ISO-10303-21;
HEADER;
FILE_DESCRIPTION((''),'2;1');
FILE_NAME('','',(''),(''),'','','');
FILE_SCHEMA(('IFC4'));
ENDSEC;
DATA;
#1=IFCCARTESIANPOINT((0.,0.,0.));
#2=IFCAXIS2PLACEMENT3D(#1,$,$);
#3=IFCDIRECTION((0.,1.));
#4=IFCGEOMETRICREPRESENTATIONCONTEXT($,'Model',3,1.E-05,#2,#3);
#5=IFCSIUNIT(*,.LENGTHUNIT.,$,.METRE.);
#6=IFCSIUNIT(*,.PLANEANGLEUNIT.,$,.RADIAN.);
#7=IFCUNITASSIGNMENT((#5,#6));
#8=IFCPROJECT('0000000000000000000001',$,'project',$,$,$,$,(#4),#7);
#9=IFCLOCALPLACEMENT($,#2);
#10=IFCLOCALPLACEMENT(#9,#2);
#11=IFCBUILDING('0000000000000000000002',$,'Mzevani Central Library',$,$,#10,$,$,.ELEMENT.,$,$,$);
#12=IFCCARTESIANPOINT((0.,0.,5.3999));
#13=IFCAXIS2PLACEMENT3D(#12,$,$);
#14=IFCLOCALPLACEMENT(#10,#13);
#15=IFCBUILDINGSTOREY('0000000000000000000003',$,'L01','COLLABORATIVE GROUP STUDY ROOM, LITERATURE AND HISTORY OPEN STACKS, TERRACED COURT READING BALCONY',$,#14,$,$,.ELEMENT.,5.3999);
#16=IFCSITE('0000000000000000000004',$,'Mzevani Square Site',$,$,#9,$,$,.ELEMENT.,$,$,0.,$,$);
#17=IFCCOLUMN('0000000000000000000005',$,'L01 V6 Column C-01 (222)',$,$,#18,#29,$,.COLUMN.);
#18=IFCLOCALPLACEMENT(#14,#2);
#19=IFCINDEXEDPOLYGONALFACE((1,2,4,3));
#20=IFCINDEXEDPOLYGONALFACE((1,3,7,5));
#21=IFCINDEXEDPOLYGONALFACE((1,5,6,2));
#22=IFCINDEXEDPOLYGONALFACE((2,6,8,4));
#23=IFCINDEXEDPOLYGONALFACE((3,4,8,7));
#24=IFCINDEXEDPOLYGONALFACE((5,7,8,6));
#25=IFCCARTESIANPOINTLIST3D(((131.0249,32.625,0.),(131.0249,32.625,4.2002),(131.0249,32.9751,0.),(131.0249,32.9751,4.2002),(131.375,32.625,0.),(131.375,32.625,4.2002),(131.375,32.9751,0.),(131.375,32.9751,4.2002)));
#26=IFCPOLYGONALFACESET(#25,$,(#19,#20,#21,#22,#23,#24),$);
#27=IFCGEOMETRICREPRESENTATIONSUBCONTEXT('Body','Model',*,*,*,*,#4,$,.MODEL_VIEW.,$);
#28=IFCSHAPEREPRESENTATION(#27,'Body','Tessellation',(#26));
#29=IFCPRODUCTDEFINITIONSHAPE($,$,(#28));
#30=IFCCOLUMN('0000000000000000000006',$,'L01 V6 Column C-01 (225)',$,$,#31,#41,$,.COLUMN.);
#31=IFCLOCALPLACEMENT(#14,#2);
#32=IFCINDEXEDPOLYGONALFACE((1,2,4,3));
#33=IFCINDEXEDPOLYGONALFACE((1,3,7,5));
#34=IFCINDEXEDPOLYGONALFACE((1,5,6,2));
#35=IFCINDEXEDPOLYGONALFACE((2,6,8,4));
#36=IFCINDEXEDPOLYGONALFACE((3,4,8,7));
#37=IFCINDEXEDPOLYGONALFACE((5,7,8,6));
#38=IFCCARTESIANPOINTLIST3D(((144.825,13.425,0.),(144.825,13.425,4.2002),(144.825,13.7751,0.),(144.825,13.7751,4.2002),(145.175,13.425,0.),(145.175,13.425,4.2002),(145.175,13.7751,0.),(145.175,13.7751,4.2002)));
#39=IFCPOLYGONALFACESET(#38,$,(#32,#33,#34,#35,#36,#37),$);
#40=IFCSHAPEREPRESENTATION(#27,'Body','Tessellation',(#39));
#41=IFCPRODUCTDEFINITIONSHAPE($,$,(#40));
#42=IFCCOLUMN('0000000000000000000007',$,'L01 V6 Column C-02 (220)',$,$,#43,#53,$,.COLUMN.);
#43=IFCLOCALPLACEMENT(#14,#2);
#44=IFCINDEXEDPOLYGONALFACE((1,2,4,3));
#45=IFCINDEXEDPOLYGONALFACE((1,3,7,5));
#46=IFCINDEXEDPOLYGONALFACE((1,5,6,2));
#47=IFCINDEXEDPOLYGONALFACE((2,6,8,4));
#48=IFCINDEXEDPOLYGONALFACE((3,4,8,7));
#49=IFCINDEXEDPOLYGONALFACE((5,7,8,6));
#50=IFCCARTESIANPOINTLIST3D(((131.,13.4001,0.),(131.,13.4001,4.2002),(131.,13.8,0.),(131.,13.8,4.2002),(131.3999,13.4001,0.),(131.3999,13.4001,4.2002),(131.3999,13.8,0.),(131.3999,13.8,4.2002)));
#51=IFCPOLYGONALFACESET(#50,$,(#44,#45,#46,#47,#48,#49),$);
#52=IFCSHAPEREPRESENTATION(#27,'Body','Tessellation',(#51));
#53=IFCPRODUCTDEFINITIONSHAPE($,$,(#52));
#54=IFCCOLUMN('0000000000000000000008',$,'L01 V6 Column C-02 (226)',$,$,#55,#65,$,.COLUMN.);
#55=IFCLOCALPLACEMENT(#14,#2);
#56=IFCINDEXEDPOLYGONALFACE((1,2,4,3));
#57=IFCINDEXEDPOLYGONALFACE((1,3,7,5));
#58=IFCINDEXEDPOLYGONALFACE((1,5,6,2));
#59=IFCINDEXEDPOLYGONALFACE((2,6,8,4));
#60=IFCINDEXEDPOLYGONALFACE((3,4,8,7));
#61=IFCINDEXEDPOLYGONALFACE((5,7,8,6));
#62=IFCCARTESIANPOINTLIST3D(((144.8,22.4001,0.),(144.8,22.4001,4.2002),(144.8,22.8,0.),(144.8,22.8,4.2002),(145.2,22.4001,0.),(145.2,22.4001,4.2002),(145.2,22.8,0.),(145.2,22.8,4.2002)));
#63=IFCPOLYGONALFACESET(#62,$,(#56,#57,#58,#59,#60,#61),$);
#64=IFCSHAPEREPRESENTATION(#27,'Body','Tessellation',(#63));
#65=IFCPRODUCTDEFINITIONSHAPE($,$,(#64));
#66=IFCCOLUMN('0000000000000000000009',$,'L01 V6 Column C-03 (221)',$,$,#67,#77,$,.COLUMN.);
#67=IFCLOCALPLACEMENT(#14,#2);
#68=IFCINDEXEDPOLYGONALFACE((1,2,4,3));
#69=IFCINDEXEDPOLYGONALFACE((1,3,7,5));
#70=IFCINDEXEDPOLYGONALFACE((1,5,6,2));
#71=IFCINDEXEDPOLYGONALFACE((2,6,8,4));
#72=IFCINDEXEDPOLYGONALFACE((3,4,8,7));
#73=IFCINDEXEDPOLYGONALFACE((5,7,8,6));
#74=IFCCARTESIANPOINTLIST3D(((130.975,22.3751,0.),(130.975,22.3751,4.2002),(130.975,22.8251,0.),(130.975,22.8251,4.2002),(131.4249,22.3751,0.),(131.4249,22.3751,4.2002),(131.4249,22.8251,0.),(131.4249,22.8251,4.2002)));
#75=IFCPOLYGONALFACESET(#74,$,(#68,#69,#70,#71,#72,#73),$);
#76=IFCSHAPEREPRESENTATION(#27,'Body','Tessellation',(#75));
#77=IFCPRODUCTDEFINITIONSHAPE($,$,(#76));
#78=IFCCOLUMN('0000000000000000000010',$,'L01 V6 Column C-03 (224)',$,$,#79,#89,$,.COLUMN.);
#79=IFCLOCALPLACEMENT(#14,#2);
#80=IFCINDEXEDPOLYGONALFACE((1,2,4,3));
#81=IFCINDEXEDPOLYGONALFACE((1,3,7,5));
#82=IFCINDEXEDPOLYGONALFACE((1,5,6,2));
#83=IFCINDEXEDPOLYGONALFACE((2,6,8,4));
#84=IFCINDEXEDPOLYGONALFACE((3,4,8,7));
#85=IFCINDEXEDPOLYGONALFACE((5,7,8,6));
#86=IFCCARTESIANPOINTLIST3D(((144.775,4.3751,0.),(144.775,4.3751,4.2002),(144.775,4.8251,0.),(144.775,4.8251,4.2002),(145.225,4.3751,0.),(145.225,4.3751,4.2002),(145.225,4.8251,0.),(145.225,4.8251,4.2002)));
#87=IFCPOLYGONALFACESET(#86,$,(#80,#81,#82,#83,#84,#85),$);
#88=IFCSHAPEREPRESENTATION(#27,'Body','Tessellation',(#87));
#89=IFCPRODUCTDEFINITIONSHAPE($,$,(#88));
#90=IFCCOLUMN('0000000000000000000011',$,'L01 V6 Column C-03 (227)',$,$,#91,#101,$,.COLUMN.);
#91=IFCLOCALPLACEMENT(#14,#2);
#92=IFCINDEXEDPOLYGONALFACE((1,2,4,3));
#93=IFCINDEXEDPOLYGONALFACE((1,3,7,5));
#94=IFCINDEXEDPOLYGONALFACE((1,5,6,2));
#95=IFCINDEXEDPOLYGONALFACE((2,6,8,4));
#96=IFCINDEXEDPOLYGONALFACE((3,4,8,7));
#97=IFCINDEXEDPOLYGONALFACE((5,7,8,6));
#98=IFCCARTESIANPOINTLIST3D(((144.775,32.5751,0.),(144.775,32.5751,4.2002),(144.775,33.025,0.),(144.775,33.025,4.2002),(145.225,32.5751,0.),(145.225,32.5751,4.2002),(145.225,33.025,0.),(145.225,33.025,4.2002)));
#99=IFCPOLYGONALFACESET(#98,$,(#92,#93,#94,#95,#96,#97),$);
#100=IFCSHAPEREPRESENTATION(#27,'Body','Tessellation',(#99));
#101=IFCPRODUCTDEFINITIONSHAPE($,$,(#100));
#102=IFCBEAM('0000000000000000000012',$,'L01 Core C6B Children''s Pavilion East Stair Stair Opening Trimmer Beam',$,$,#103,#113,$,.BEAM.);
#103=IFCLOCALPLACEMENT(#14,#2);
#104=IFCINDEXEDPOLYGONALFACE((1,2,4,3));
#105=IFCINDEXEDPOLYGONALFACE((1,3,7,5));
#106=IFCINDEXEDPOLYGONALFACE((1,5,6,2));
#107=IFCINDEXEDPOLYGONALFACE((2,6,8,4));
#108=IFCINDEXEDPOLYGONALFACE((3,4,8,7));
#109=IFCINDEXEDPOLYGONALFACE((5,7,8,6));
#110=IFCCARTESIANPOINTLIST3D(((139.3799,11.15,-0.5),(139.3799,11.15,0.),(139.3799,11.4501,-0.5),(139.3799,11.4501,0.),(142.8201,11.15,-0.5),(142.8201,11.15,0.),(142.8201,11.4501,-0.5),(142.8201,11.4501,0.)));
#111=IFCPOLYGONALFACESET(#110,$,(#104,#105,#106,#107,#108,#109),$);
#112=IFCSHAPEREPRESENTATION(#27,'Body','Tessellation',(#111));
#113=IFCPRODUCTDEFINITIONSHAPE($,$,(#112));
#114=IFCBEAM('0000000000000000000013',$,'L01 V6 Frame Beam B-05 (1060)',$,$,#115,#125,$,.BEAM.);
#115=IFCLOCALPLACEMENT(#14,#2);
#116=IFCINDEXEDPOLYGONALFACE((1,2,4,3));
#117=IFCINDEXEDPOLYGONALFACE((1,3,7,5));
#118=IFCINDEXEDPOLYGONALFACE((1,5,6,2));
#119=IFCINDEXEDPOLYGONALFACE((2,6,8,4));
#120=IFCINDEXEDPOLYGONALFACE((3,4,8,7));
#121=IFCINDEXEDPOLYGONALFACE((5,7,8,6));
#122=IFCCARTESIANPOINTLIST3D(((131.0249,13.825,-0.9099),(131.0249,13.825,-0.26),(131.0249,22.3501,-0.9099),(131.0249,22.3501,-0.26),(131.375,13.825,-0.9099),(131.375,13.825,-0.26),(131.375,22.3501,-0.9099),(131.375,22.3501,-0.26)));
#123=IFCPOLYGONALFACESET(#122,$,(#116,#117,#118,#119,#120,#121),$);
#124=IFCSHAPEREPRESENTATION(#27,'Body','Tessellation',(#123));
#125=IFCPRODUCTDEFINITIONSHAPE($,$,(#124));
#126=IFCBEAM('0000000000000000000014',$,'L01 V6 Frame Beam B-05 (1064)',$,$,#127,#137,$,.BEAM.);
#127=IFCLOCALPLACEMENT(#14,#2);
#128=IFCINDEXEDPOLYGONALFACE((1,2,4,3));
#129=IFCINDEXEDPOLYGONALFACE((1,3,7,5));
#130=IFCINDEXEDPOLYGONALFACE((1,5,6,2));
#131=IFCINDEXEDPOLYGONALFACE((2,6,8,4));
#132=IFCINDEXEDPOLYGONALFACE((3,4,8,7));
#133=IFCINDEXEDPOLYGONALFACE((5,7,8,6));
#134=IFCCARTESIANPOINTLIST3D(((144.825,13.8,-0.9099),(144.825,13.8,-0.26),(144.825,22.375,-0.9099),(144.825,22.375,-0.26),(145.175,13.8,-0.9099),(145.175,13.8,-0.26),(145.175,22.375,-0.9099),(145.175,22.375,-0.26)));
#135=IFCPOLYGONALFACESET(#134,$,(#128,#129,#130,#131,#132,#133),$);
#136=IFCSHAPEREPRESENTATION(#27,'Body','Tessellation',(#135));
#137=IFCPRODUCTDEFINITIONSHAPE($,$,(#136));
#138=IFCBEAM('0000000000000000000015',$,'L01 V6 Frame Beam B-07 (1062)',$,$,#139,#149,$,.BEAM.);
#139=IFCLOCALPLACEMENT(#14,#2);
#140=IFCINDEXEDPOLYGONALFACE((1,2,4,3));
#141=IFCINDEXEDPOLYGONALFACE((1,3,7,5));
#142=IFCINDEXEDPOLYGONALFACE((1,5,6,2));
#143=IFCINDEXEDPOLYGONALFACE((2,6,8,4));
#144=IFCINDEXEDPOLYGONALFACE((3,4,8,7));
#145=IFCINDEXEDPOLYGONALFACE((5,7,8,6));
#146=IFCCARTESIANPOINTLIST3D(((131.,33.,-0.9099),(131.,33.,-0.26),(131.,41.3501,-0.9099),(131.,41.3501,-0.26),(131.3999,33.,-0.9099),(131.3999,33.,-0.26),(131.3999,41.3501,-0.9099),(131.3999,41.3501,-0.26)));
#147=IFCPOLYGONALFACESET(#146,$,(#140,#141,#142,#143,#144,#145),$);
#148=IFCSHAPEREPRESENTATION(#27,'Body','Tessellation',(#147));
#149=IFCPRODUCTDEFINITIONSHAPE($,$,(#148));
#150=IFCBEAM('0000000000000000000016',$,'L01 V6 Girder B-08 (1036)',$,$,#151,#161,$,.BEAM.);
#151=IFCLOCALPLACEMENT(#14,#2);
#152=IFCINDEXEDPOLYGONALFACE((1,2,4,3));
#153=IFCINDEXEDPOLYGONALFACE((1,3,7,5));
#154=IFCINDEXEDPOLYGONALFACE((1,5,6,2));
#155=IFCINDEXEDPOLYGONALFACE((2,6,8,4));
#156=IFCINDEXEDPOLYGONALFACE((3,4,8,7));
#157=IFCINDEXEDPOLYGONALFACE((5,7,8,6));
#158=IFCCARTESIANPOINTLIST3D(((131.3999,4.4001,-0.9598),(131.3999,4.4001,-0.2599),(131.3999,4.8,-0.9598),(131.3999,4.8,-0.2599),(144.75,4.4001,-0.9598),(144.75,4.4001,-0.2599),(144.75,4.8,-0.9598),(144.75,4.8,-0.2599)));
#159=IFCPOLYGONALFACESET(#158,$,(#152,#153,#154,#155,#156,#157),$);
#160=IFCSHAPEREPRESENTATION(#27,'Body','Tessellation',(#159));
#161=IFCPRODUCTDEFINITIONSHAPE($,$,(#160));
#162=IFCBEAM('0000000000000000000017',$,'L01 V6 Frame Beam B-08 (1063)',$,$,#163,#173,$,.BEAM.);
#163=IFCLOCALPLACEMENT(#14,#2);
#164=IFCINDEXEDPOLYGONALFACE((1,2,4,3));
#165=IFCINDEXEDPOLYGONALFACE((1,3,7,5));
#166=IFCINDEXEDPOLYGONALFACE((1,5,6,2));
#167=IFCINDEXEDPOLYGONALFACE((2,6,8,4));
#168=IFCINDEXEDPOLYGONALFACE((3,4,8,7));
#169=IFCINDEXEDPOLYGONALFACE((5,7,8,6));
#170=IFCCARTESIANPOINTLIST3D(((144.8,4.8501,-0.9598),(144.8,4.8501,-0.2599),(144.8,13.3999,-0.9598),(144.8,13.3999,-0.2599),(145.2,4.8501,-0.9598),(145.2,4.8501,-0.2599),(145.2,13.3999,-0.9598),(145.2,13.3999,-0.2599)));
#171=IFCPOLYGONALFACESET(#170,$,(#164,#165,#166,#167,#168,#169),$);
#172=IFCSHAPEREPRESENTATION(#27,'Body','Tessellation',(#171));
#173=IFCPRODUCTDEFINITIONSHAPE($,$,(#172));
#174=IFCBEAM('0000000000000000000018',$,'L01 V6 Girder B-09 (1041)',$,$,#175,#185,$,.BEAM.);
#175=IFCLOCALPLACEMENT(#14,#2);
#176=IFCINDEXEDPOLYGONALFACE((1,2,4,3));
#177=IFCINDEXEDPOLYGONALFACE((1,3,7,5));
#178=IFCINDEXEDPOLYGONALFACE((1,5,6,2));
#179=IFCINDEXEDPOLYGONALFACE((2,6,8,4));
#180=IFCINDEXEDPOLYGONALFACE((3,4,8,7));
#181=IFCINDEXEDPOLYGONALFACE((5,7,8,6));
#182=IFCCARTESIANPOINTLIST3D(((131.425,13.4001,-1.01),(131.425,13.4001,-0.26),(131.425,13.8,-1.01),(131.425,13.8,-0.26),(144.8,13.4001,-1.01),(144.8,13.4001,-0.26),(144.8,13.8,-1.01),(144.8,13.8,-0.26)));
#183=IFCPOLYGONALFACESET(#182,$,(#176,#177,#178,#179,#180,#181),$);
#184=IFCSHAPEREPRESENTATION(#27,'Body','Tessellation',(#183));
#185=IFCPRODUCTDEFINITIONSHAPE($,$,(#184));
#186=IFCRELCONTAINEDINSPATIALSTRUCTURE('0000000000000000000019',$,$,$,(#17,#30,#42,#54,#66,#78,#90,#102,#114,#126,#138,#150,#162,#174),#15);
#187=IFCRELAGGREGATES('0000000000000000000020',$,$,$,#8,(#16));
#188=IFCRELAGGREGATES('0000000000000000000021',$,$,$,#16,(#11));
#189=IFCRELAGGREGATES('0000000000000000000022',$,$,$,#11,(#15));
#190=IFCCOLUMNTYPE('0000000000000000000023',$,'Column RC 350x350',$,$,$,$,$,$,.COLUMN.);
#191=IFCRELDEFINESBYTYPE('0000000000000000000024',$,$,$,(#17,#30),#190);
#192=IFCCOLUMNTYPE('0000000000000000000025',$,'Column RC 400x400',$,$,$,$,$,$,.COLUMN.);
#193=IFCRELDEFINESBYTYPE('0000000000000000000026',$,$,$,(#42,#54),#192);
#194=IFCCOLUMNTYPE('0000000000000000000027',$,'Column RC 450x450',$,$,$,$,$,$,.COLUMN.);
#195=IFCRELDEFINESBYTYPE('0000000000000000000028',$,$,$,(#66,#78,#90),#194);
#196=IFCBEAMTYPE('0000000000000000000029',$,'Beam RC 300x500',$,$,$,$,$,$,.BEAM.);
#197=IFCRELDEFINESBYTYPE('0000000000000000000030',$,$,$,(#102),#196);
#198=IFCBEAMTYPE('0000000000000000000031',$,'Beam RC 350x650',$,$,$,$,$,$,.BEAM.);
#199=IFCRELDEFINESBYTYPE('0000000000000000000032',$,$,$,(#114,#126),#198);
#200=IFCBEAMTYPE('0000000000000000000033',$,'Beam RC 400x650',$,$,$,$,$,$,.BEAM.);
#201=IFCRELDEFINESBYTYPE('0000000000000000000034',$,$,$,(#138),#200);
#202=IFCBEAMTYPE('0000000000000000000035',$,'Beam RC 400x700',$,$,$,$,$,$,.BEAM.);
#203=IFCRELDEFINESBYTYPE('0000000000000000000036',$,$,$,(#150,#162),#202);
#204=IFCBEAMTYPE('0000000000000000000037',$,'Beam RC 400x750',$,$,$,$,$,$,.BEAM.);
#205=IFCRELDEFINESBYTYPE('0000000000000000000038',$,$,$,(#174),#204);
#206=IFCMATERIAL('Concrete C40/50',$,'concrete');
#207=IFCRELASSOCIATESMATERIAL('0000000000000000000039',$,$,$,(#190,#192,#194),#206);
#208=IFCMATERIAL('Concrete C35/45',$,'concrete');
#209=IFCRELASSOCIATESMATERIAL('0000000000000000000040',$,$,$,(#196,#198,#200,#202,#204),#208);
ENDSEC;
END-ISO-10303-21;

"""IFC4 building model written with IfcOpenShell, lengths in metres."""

from ifc_helpers import new_model, si_unit, direction, frame, origin, origin_2d, place, context, subcontext, project, spatial, rectangle, extrude, material, material_profile, profile_set, type_object, element, save


model = new_model("IFC4")

# Units and contexts
model_context = context("Model", 3, precision=1e-05, world=origin(), true_north=direction((0.0, 1.0)))
body_context = subcontext(model_context, "Body", "Model", "MODEL_VIEW")
ifc_project = project(units=[si_unit("LENGTHUNIT", "METRE"), si_unit("PLANEANGLEUNIT", "RADIAN")], contexts=[model_context])

# Site, building, storey
site_placement = place(None, origin())
site = spatial("IfcSite", under=ifc_project, at=site_placement, Name="Mzevani Square Site", CompositionType="ELEMENT", RefElevation=0.0)
building_placement = place(site_placement, origin())
building = spatial("IfcBuilding", under=site, at=building_placement, Name="Mzevani Central Library", CompositionType="ELEMENT")
storey_placement = place(building_placement, frame((0.0, 0.0, 5.3999)))
storey = spatial("IfcBuildingStorey", under=building, at=storey_placement, Name="L01", Description="COLLABORATIVE GROUP STUDY ROOM, LITERATURE AND HISTORY OPEN STACKS, TERRACED COURT READING BALCONY", CompositionType="ELEMENT", Elevation=5.3999)

# Columns
ifc_material_1 = material(Name="Concrete C40/50", Category="concrete")
ifc_material_profile_1 = material_profile(ifc_material_1, rectangle(XDim=0.3501, YDim=0.3501, at=origin_2d()), Name="RC 350x350")
ifc_profile_set_1 = profile_set([ifc_material_profile_1], Name="Concrete C40/50")
column_type_1 = type_object("IfcColumnType", Name="Column RC 350x350", PredefinedType="COLUMN", material=ifc_profile_set_1)
for number, where, z_axis, x_axis, name in (
    (1, (131.2, 32.8, 0.0), (0.0, 0.0, 1.0), (1.0, 0.0, 0.0), "L01 V6 Column C-01 (222)"),
    (2, (145.0, 13.6001, 0.0), (0.0, 0.0, 1.0), (1.0, 0.0, 0.0), "L01 V6 Column C-01 (225)"),
):
    element("IfcColumn", number, at=place(storey_placement, frame(where, z_axis=z_axis, x_axis=x_axis)), inside=storey, type_object=column_type_1, Name=name, PredefinedType="COLUMN", context=body_context, shape_type="SweptSolid", body=[
        extrude(rectangle(XDim=0.3501, YDim=0.3501, at=origin_2d()), origin(), (0.0, 0.0, 1.0), 4.2002),
    ])
ifc_material_profile_2 = material_profile(ifc_material_1, rectangle(XDim=0.3999, YDim=0.3999, at=origin_2d()), Name="RC 400x400")
ifc_profile_set_2 = profile_set([ifc_material_profile_2], Name="Concrete C40/50")
column_type_2 = type_object("IfcColumnType", Name="Column RC 400x400", PredefinedType="COLUMN", material=ifc_profile_set_2)
for number, where, z_axis, x_axis, name in (
    (3, (131.2, 13.6001, 0.0), (0.0, 0.0, 1.0), (1.0, 0.0, 0.0), "L01 V6 Column C-02 (220)"),
    (4, (145.0, 22.6001, 0.0), (0.0, 0.0, 1.0), (1.0, 0.0, 0.0), "L01 V6 Column C-02 (226)"),
):
    element("IfcColumn", number, at=place(storey_placement, frame(where, z_axis=z_axis, x_axis=x_axis)), inside=storey, type_object=column_type_2, Name=name, PredefinedType="COLUMN", context=body_context, shape_type="SweptSolid", body=[
        extrude(rectangle(XDim=0.3999, YDim=0.3999, at=origin_2d()), origin(), (0.0, 0.0, 1.0), 4.2002),
    ])
ifc_material_profile_3 = material_profile(ifc_material_1, rectangle(XDim=0.45, YDim=0.45, at=origin_2d()), Name="RC 450x450")
ifc_profile_set_3 = profile_set([ifc_material_profile_3], Name="Concrete C40/50")
column_type_3 = type_object("IfcColumnType", Name="Column RC 450x450", PredefinedType="COLUMN", material=ifc_profile_set_3)
for number, where, z_axis, x_axis, name in (
    (5, (131.2, 22.6001, 0.0), (0.0, 0.0, 1.0), (1.0, 0.0, 0.0), "L01 V6 Column C-03 (221)"),
    (6, (145.0, 4.6001, 0.0), (0.0, 0.0, 1.0), (1.0, 0.0, 0.0), "L01 V6 Column C-03 (224)"),
    (7, (145.0, 32.8, 0.0), (0.0, 0.0, 1.0), (1.0, 0.0, 0.0), "L01 V6 Column C-03 (227)"),
):
    element("IfcColumn", number, at=place(storey_placement, frame(where, z_axis=z_axis, x_axis=x_axis)), inside=storey, type_object=column_type_3, Name=name, PredefinedType="COLUMN", context=body_context, shape_type="SweptSolid", body=[
        extrude(rectangle(XDim=0.45, YDim=0.45, at=origin_2d()), origin(), (0.0, 0.0, 1.0), 4.2002),
    ])

# Beams
ifc_material_2 = material(Name="Concrete C35/45", Category="concrete")
ifc_material_profile_4 = material_profile(ifc_material_2, rectangle(XDim=0.3, YDim=0.5, at=origin_2d()), Name="RC B300x500")
ifc_profile_set_4 = profile_set([ifc_material_profile_4], Name="Concrete C35/45")
beam_type_1 = type_object("IfcBeamType", Name="Beam RC 300x500", PredefinedType="BEAM", material=ifc_profile_set_4)
beam_1_placement = place(storey_placement, frame((139.3799, 11.3, -0.25), z_axis=(1.0, 0.0, 0.0), x_axis=(0.0, 1.0, 0.0)))
element("IfcBeam", 8, at=beam_1_placement, inside=storey, type_object=beam_type_1, Name="L01 Core C6B Children's Pavilion East Stair Stair Opening Trimmer Beam", PredefinedType="BEAM", context=body_context, shape_type="SweptSolid", body=[
    extrude(rectangle(XDim=0.3, YDim=0.5, at=origin_2d()), origin(), (0.0, 0.0, 1.0), 3.4402),
])
ifc_material_profile_5 = material_profile(ifc_material_2, rectangle(XDim=0.3501, YDim=0.6499, at=origin_2d()), Name="RC B350x650")
ifc_profile_set_5 = profile_set([ifc_material_profile_5], Name="Concrete C35/45")
beam_type_2 = type_object("IfcBeamType", Name="Beam RC 350x650", PredefinedType="BEAM", material=ifc_profile_set_5)
beam_2_placement = place(storey_placement, frame((131.2, 13.825, -0.585), z_axis=(0.0, 1.0, 0.0), x_axis=(-1.0, 0.0, 0.0)))
element("IfcBeam", 9, at=beam_2_placement, inside=storey, type_object=beam_type_2, Name="L01 V6 Frame Beam B-05 (1060)", PredefinedType="BEAM", context=body_context, shape_type="SweptSolid", body=[
    extrude(rectangle(XDim=0.3501, YDim=0.6499, at=origin_2d()), origin(), (0.0, 0.0, 1.0), 8.5251),
])
beam_3_placement = place(storey_placement, frame((145.0, 13.8, -0.585), z_axis=(0.0, 1.0, 0.0), x_axis=(-1.0, 0.0, 0.0)))
element("IfcBeam", 10, at=beam_3_placement, inside=storey, type_object=beam_type_2, Name="L01 V6 Frame Beam B-05 (1064)", PredefinedType="BEAM", context=body_context, shape_type="SweptSolid", body=[
    extrude(rectangle(XDim=0.3501, YDim=0.6499, at=origin_2d()), origin(), (0.0, 0.0, 1.0), 8.575),
])
ifc_material_profile_6 = material_profile(ifc_material_2, rectangle(XDim=0.3999, YDim=0.6499, at=origin_2d()), Name="RC B400x650")
ifc_profile_set_6 = profile_set([ifc_material_profile_6], Name="Concrete C35/45")
beam_type_3 = type_object("IfcBeamType", Name="Beam RC 400x650", PredefinedType="BEAM", material=ifc_profile_set_6)
beam_4_placement = place(storey_placement, frame((131.2, 33.0, -0.585), z_axis=(0.0, 1.0, 0.0), x_axis=(-1.0, 0.0, 0.0)))
element("IfcBeam", 11, at=beam_4_placement, inside=storey, type_object=beam_type_3, Name="L01 V6 Frame Beam B-07 (1062)", PredefinedType="BEAM", context=body_context, shape_type="SweptSolid", body=[
    extrude(rectangle(XDim=0.3999, YDim=0.6499, at=origin_2d()), origin(), (0.0, 0.0, 1.0), 8.3501),
])
ifc_material_profile_7 = material_profile(ifc_material_2, rectangle(XDim=0.3999, YDim=0.7, at=origin_2d()), Name="RC B400x700")
ifc_profile_set_7 = profile_set([ifc_material_profile_7], Name="Concrete C35/45")
beam_type_4 = type_object("IfcBeamType", Name="Beam RC 400x700", PredefinedType="BEAM", material=ifc_profile_set_7)
beam_5_placement = place(storey_placement, frame((131.3999, 4.6001, -0.6099), z_axis=(1.0, 0.0, 0.0), x_axis=(0.0, 1.0, 0.0)))
element("IfcBeam", 12, at=beam_5_placement, inside=storey, type_object=beam_type_4, Name="L01 V6 Girder B-08 (1036)", PredefinedType="BEAM", context=body_context, shape_type="SweptSolid", body=[
    extrude(rectangle(XDim=0.3999, YDim=0.7, at=origin_2d()), origin(), (0.0, 0.0, 1.0), 13.3501),
])
beam_6_placement = place(storey_placement, frame((145.0, 4.8501, -0.6099), z_axis=(0.0, 1.0, 0.0), x_axis=(-1.0, 0.0, 0.0)))
element("IfcBeam", 13, at=beam_6_placement, inside=storey, type_object=beam_type_4, Name="L01 V6 Frame Beam B-08 (1063)", PredefinedType="BEAM", context=body_context, shape_type="SweptSolid", body=[
    extrude(rectangle(XDim=0.3999, YDim=0.7, at=origin_2d()), origin(), (0.0, 0.0, 1.0), 8.5498),
])
ifc_material_profile_8 = material_profile(ifc_material_2, rectangle(XDim=0.3999, YDim=0.75, at=origin_2d()), Name="RC B400x750")
ifc_profile_set_8 = profile_set([ifc_material_profile_8], Name="Concrete C35/45")
beam_type_5 = type_object("IfcBeamType", Name="Beam RC 400x750", PredefinedType="BEAM", material=ifc_profile_set_8)
beam_7_placement = place(storey_placement, frame((131.425, 13.6001, -0.635), z_axis=(1.0, 0.0, 0.0), x_axis=(0.0, 1.0, 0.0)))
element("IfcBeam", 14, at=beam_7_placement, inside=storey, type_object=beam_type_5, Name="L01 V6 Girder B-09 (1041)", PredefinedType="BEAM", context=body_context, shape_type="SweptSolid", body=[
    extrude(rectangle(XDim=0.3999, YDim=0.75, at=origin_2d()), origin(), (0.0, 0.0, 1.0), 13.375),
])

save(model, "model.ifc")
